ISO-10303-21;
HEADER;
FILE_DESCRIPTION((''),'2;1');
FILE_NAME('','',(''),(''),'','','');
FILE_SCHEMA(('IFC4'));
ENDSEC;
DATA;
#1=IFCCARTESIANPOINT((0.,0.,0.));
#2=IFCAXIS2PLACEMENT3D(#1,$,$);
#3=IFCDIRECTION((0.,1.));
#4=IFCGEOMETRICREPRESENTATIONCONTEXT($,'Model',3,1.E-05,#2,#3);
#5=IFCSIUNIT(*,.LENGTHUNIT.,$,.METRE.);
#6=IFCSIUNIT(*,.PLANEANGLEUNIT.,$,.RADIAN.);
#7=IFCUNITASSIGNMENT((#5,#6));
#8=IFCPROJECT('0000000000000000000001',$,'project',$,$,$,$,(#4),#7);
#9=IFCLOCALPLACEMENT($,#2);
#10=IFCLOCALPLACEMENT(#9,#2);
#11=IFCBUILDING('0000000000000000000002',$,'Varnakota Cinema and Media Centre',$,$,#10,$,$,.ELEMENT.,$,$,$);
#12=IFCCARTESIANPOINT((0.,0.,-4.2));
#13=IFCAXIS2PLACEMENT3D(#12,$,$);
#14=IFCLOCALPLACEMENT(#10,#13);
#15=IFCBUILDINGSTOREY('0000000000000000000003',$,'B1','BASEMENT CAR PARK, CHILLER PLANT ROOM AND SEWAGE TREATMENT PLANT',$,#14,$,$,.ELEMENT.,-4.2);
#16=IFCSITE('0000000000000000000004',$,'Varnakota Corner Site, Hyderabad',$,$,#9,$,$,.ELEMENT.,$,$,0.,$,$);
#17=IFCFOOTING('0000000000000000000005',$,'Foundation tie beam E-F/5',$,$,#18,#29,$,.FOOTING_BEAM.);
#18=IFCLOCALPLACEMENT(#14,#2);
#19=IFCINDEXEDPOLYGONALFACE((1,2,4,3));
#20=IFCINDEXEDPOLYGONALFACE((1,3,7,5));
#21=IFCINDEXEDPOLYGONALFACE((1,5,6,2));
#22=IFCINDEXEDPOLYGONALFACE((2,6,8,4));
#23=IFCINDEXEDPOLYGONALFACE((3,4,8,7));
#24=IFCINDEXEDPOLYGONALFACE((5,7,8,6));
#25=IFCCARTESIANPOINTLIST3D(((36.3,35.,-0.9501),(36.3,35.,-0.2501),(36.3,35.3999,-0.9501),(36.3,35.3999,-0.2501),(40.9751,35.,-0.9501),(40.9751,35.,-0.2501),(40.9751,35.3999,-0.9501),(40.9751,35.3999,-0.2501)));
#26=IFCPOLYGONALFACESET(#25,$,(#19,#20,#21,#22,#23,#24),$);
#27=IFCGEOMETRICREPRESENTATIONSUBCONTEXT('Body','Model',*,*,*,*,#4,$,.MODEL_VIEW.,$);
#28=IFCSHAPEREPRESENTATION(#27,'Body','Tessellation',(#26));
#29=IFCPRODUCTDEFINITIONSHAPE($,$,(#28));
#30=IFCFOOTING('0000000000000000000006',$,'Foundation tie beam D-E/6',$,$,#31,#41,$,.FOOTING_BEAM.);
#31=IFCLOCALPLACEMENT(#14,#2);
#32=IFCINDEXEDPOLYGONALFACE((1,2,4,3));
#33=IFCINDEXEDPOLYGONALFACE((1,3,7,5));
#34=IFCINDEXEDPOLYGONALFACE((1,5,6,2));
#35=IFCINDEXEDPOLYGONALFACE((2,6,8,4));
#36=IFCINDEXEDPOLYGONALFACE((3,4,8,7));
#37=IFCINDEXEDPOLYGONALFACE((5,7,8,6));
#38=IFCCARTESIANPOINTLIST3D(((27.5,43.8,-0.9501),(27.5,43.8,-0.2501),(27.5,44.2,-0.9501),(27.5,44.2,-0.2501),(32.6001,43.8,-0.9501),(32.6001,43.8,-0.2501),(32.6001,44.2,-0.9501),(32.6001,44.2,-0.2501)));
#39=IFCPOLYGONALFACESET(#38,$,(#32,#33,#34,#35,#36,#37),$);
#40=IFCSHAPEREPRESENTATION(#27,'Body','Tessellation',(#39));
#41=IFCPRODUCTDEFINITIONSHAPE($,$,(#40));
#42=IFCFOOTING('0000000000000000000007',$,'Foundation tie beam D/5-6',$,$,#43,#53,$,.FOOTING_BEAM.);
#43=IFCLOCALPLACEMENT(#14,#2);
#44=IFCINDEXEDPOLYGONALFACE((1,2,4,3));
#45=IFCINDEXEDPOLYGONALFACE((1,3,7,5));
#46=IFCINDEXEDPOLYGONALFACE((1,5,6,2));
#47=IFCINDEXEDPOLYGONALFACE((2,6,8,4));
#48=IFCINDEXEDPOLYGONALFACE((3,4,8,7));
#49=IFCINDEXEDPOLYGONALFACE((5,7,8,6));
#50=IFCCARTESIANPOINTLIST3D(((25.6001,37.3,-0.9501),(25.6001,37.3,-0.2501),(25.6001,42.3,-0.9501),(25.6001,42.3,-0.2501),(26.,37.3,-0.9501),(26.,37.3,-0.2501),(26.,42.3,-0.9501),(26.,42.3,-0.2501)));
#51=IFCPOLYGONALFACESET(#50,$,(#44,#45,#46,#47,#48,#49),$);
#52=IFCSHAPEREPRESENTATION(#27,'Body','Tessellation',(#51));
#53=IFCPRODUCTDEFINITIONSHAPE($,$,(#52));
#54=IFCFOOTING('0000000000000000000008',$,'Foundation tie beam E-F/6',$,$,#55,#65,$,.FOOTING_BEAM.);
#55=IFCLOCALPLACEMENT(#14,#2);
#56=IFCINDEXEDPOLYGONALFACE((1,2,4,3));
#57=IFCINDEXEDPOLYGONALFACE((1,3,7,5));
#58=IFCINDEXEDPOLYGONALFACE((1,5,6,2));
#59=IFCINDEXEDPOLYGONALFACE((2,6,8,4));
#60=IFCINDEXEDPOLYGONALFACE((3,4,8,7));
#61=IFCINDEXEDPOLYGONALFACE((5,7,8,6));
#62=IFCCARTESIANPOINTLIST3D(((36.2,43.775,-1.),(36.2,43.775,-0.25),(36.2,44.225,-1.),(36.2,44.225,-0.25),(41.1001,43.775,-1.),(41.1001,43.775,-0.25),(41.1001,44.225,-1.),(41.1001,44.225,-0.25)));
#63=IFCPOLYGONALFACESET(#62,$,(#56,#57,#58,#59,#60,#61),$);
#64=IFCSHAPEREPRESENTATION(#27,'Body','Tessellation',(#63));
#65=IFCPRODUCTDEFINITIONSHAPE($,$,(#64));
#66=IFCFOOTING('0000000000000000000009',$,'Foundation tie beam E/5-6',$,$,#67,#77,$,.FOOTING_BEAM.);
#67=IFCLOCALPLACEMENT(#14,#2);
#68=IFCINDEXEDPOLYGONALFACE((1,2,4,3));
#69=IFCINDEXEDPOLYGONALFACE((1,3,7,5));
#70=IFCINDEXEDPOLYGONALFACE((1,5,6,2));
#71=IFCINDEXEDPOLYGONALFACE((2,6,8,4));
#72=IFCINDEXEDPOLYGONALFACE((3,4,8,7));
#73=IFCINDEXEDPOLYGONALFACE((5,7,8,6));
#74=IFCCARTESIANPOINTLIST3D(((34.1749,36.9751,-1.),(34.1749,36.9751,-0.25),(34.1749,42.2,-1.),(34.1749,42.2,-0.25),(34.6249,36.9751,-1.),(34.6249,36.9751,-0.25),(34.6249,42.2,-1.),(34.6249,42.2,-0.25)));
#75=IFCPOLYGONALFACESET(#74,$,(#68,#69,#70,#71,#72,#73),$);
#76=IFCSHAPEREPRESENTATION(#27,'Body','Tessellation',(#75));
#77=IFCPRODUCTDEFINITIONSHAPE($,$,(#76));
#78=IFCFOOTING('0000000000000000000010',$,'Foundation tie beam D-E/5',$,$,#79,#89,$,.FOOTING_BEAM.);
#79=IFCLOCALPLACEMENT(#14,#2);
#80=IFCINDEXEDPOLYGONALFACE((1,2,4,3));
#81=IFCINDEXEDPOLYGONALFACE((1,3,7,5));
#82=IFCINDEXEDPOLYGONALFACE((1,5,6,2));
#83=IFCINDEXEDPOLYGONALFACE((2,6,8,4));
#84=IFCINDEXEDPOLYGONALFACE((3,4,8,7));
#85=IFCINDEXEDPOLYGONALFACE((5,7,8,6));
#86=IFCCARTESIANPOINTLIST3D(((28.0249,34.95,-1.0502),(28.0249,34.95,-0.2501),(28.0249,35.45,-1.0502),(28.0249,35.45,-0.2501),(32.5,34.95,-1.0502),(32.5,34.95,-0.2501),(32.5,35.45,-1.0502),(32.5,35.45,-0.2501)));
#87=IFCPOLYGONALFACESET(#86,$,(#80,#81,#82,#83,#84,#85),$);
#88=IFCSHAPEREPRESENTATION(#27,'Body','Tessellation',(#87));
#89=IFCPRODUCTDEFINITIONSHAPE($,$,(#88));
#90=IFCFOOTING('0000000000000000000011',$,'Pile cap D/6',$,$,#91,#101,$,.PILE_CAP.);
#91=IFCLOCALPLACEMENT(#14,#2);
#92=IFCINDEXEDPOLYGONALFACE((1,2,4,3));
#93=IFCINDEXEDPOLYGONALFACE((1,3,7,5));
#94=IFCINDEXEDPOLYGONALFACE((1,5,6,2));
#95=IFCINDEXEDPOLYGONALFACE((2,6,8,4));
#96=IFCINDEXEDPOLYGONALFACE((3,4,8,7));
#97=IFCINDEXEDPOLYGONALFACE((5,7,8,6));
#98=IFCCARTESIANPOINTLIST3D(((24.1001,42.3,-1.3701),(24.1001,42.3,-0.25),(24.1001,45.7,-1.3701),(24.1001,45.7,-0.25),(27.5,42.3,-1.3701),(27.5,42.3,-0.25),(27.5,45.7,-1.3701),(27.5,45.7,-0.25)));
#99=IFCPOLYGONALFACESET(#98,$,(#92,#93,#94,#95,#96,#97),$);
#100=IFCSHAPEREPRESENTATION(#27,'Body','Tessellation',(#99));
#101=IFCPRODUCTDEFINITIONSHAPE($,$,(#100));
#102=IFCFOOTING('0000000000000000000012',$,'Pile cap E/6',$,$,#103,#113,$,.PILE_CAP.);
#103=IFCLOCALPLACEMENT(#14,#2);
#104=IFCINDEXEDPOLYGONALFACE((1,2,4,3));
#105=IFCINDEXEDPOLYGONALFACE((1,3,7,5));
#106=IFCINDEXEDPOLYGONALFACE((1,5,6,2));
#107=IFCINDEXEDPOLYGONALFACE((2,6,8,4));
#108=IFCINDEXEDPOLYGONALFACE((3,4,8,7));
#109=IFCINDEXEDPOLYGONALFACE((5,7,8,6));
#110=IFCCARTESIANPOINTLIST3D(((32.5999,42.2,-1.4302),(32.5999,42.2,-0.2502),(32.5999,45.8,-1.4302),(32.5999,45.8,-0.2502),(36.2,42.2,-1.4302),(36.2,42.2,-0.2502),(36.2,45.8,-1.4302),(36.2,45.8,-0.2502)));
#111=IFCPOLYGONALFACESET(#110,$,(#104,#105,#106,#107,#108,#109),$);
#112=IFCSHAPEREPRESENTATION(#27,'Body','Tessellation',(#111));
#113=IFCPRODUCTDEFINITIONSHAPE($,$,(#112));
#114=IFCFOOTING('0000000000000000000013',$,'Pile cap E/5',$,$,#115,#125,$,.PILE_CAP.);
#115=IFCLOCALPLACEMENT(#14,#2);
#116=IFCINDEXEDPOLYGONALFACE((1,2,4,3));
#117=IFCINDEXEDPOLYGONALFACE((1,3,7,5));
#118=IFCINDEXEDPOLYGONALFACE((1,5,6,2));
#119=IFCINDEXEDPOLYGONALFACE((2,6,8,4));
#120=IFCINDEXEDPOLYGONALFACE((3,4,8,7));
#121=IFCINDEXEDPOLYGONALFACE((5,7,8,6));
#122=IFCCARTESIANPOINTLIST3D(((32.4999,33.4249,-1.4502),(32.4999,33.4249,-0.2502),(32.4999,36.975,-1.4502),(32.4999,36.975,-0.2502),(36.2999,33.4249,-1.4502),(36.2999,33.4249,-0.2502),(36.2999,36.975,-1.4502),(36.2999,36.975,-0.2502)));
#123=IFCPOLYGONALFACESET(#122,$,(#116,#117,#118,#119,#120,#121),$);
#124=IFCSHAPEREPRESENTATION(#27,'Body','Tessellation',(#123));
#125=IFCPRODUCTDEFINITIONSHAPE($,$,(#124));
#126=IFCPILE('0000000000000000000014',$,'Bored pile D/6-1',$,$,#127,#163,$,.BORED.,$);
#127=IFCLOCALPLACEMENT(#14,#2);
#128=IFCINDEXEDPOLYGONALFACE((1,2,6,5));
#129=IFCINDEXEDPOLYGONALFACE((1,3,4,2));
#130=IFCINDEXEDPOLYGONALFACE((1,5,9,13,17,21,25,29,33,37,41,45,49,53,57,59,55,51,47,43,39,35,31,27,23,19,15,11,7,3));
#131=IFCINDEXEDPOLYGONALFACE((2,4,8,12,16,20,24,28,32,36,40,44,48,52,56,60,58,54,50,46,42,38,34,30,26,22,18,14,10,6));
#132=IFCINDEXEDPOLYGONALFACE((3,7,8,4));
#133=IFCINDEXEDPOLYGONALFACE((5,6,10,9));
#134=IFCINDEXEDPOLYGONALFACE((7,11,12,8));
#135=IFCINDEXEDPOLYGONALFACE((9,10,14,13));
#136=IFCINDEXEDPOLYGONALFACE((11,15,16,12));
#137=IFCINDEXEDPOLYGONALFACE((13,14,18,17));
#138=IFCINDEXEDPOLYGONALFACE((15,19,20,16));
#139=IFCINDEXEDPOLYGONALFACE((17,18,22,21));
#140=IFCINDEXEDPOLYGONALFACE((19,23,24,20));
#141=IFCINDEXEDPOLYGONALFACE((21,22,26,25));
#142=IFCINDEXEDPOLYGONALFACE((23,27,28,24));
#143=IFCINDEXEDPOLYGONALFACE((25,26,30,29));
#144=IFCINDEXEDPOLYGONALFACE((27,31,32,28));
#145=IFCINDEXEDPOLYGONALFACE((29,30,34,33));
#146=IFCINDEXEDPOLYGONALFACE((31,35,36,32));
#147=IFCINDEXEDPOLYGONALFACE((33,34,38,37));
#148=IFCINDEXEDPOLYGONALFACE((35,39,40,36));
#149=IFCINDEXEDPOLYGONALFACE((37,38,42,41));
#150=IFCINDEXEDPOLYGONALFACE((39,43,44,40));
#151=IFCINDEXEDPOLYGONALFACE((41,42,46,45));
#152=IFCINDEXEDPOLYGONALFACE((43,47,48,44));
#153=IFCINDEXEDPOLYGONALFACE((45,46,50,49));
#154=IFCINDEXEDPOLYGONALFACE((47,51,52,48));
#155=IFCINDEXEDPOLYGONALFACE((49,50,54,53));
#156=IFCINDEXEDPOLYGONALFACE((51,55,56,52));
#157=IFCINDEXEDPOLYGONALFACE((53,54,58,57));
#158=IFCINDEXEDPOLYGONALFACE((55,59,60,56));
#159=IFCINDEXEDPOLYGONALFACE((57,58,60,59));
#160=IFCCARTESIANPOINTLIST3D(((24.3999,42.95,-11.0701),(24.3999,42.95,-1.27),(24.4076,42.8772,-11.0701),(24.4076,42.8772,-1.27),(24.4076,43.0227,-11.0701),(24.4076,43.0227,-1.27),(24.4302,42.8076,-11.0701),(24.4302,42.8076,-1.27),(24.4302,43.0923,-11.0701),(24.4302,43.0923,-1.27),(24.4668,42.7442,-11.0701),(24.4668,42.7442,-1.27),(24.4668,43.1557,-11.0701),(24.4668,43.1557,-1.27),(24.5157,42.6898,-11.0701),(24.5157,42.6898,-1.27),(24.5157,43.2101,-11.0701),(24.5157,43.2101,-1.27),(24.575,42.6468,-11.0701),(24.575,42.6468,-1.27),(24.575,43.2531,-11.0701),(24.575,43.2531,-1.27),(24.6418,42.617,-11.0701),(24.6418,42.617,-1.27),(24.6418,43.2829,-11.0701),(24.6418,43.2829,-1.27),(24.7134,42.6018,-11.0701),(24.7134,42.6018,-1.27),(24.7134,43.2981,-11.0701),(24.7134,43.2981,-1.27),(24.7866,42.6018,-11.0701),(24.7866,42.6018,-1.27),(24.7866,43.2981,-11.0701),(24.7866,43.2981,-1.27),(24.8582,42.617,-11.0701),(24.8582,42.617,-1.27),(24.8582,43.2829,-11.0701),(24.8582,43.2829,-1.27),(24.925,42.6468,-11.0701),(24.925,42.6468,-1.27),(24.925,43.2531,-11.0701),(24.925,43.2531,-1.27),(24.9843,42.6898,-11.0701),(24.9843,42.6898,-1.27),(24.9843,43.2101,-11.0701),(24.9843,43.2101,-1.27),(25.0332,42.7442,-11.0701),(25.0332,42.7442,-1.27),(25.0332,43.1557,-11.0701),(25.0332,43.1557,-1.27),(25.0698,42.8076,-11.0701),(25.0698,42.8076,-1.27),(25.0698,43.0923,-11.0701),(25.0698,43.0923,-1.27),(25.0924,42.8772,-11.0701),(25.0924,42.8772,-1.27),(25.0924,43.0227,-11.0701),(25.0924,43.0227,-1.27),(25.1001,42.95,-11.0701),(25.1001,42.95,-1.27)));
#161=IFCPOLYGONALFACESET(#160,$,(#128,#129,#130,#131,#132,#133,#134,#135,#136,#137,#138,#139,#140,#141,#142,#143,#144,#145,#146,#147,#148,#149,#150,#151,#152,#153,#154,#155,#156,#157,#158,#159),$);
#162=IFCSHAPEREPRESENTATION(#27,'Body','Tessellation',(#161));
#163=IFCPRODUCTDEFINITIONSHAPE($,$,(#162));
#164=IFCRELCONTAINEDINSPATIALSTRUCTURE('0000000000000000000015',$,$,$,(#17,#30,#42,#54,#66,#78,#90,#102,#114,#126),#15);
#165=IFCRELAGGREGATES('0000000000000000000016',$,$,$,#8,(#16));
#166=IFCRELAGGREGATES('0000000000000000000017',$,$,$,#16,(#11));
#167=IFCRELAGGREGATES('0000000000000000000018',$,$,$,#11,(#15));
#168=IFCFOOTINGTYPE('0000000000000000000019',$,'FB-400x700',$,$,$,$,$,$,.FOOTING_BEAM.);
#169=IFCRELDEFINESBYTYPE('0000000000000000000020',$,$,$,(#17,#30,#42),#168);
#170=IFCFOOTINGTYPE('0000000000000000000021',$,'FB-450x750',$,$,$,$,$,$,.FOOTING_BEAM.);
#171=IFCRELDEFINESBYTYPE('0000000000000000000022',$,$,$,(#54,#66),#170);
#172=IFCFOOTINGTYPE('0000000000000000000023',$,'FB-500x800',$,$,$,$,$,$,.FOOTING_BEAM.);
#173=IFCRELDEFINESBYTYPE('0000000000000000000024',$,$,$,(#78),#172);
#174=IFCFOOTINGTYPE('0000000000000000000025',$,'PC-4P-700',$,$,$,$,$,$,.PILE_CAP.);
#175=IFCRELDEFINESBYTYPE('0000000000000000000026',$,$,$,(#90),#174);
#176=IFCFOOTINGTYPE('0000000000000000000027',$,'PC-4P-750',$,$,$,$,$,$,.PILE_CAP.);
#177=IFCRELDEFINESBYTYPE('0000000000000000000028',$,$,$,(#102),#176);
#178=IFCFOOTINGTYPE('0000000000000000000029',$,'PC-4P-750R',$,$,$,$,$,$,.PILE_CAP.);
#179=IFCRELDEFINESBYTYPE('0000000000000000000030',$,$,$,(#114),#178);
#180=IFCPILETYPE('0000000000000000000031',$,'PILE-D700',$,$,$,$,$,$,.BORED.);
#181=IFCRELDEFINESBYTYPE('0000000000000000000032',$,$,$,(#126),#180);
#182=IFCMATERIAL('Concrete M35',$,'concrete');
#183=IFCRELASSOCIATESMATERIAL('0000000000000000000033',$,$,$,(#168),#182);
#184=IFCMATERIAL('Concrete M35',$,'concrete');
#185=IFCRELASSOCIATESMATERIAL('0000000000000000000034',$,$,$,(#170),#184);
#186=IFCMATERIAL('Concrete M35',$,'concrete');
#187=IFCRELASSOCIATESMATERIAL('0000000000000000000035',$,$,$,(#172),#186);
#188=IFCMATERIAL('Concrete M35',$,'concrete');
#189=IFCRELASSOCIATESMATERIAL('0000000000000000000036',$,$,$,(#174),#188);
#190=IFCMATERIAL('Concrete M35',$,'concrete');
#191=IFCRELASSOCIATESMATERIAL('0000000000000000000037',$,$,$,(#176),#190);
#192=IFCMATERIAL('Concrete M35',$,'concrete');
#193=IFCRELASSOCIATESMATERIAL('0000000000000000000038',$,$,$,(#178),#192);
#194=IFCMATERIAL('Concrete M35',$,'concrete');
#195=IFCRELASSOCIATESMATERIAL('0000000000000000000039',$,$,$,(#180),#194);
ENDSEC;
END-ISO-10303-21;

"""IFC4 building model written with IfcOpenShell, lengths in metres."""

from ifc_helpers import new_model, si_unit, direction, frame, origin, origin_2d, place, context, subcontext, project, spatial, rectangle, circle, extrude, material, material_profile, profile_set, type_object, element, save


model = new_model("IFC4")

# Units and contexts
model_context = context("Model", 3, precision=1e-05, world=origin(), true_north=direction((0.0, 1.0)))
body_context = subcontext(model_context, "Body", "Model", "MODEL_VIEW")
ifc_project = project(units=[si_unit("LENGTHUNIT", "METRE"), si_unit("PLANEANGLEUNIT", "RADIAN")], contexts=[model_context])

# Site, building, storey
site_placement = place(None, origin())
site = spatial("IfcSite", under=ifc_project, at=site_placement, Name="Varnakota Corner Site, Hyderabad", CompositionType="ELEMENT", RefElevation=0.0)
building_placement = place(site_placement, origin())
building = spatial("IfcBuilding", under=site, at=building_placement, Name="Varnakota Cinema and Media Centre", CompositionType="ELEMENT")
storey_placement = place(building_placement, frame((0.0, 0.0, -4.2)))
storey = spatial("IfcBuildingStorey", under=building, at=storey_placement, Name="B1", Description="BASEMENT CAR PARK, CHILLER PLANT ROOM AND SEWAGE TREATMENT PLANT", CompositionType="ELEMENT", Elevation=-4.2)

# Footings
ifc_material_1 = material(Name="Concrete M35", Category="concrete")
ifc_material_profile_1 = material_profile(ifc_material_1, rectangle(XDim=0.3999, YDim=0.7, at=origin_2d()), Name="FB 400x700")
ifc_profile_set_1 = profile_set([ifc_material_profile_1], Name="Concrete M35")
footing_type_1 = type_object("IfcFootingType", Name="FB-400x700", PredefinedType="FOOTING_BEAM", material=ifc_profile_set_1)
footing_1_placement = place(storey_placement, frame((36.3, 35.2, -0.6001), z_axis=(1.0, 0.0, 0.0), x_axis=(0.0, 1.0, 0.0)))
element("IfcFooting", 1, at=footing_1_placement, inside=storey, type_object=footing_type_1, Name="Foundation tie beam E-F/5", PredefinedType="FOOTING_BEAM", context=body_context, shape_type="SweptSolid", body=[
    extrude(rectangle(XDim=0.3999, YDim=0.7, at=origin_2d()), origin(), (0.0, 0.0, 1.0), 4.675),
])
footing_2_placement = place(storey_placement, frame((27.5, 44.0, -0.6001), z_axis=(1.0, 0.0, 0.0), x_axis=(0.0, 1.0, 0.0)))
element("IfcFooting", 2, at=footing_2_placement, inside=storey, type_object=footing_type_1, Name="Foundation tie beam D-E/6", PredefinedType="FOOTING_BEAM", context=body_context, shape_type="SweptSolid", body=[
    extrude(rectangle(XDim=0.3999, YDim=0.7, at=origin_2d()), origin(), (0.0, 0.0, 1.0), 5.1001),
])
footing_3_placement = place(storey_placement, frame((25.8, 37.3, -0.6001), z_axis=(0.0, 1.0, 0.0), x_axis=(-1.0, 0.0, 0.0)))
element("IfcFooting", 3, at=footing_3_placement, inside=storey, type_object=footing_type_1, Name="Foundation tie beam D/5-6", PredefinedType="FOOTING_BEAM", context=body_context, shape_type="SweptSolid", body=[
    extrude(rectangle(XDim=0.3999, YDim=0.7, at=origin_2d()), origin(), (0.0, 0.0, 1.0), 5.0),
])
ifc_material_2 = material(Name="Concrete M35", Category="concrete")
ifc_material_profile_2 = material_profile(ifc_material_2, rectangle(XDim=0.45, YDim=0.75, at=origin_2d()), Name="FB 450x750")
ifc_profile_set_2 = profile_set([ifc_material_profile_2], Name="Concrete M35")
footing_type_2 = type_object("IfcFootingType", Name="FB-450x750", PredefinedType="FOOTING_BEAM", material=ifc_profile_set_2)
footing_4_placement = place(storey_placement, frame((36.2, 44.0, -0.625), z_axis=(1.0, 0.0, 0.0), x_axis=(0.0, 1.0, 0.0)))
element("IfcFooting", 4, at=footing_4_placement, inside=storey, type_object=footing_type_2, Name="Foundation tie beam E-F/6", PredefinedType="FOOTING_BEAM", context=body_context, shape_type="SweptSolid", body=[
    extrude(rectangle(XDim=0.45, YDim=0.75, at=origin_2d()), origin(), (0.0, 0.0, 1.0), 4.9001),
])
footing_5_placement = place(storey_placement, frame((34.3999, 36.9751, -0.625), z_axis=(0.0, 1.0, 0.0), x_axis=(-1.0, 0.0, 0.0)))
element("IfcFooting", 5, at=footing_5_placement, inside=storey, type_object=footing_type_2, Name="Foundation tie beam E/5-6", PredefinedType="FOOTING_BEAM", context=body_context, shape_type="SweptSolid", body=[
    extrude(rectangle(XDim=0.45, YDim=0.75, at=origin_2d()), origin(), (0.0, 0.0, 1.0), 5.2249),
])
ifc_material_3 = material(Name="Concrete M35", Category="concrete")
ifc_material_profile_3 = material_profile(ifc_material_3, rectangle(XDim=0.5, YDim=0.8, at=origin_2d()), Name="FB 500x800")
ifc_profile_set_3 = profile_set([ifc_material_profile_3], Name="Concrete M35")
footing_type_3 = type_object("IfcFootingType", Name="FB-500x800", PredefinedType="FOOTING_BEAM", material=ifc_profile_set_3)
footing_6_placement = place(storey_placement, frame((28.0249, 35.2, -0.6501), z_axis=(1.0, 0.0, 0.0), x_axis=(0.0, 1.0, 0.0)))
element("IfcFooting", 6, at=footing_6_placement, inside=storey, type_object=footing_type_3, Name="Foundation tie beam D-E/5", PredefinedType="FOOTING_BEAM", context=body_context, shape_type="SweptSolid", body=[
    extrude(rectangle(XDim=0.5, YDim=0.8, at=origin_2d()), origin(), (0.0, 0.0, 1.0), 4.4751),
])
ifc_material_4 = material(Name="Concrete M35", Category="concrete")
footing_type_4 = type_object("IfcFootingType", Name="PC-4P-700", PredefinedType="PILE_CAP", material=ifc_material_4)
footing_7_placement = place(storey_placement, frame((25.8, 44.0, -1.3701), z_axis=(0.0, 0.0, 1.0), x_axis=(1.0, 0.0, 0.0)))
element("IfcFooting", 7, at=footing_7_placement, inside=storey, type_object=footing_type_4, Name="Pile cap D/6", PredefinedType="PILE_CAP", context=body_context, shape_type="SweptSolid", body=[
    extrude(rectangle(XDim=3.3999, YDim=3.3999, at=origin_2d()), origin(), (0.0, 0.0, 1.0), 1.1201),
])
ifc_material_5 = material(Name="Concrete M35", Category="concrete")
footing_type_5 = type_object("IfcFootingType", Name="PC-4P-750", PredefinedType="PILE_CAP", material=ifc_material_5)
footing_8_placement = place(storey_placement, frame((34.3999, 44.0, -1.4302), z_axis=(0.0, 0.0, 1.0), x_axis=(1.0, 0.0, 0.0)))
element("IfcFooting", 8, at=footing_8_placement, inside=storey, type_object=footing_type_5, Name="Pile cap E/6", PredefinedType="PILE_CAP", context=body_context, shape_type="SweptSolid", body=[
    extrude(rectangle(XDim=3.6001, YDim=3.6001, at=origin_2d()), origin(), (0.0, 0.0, 1.0), 1.1799),
])
ifc_material_6 = material(Name="Concrete M35", Category="concrete")
footing_type_6 = type_object("IfcFootingType", Name="PC-4P-750R", PredefinedType="PILE_CAP", material=ifc_material_6)
footing_9_placement = place(storey_placement, frame((34.3999, 35.2, -1.4502), z_axis=(0.0, 0.0, 1.0), x_axis=(1.0, 0.0, 0.0)))
element("IfcFooting", 9, at=footing_9_placement, inside=storey, type_object=footing_type_6, Name="Pile cap E/5", PredefinedType="PILE_CAP", context=body_context, shape_type="SweptSolid", body=[
    extrude(rectangle(XDim=3.8, YDim=3.55, at=origin_2d()), origin(), (0.0, 0.0, 1.0), 1.2),
])

# Pile
ifc_material_7 = material(Name="Concrete M35", Category="concrete")
ifc_material_profile_4 = material_profile(ifc_material_7, circle(Radius=0.3501, at=origin_2d()), Name="PILE D700")
ifc_profile_set_4 = profile_set([ifc_material_profile_4], Name="Concrete M35")
pile_type_1 = type_object("IfcPileType", Name="PILE-D700", PredefinedType="BORED", material=ifc_profile_set_4)
for number, where, z_axis, x_axis, name in (
    (10, (24.75, 42.95, -1.27), (0.0, 0.0, -1.0), (1.0, 0.0, 0.0), "Bored pile D/6-1"),
):
    element("IfcPile", number, at=place(storey_placement, frame(where, z_axis=z_axis, x_axis=x_axis)), inside=storey, type_object=pile_type_1, Name=name, PredefinedType="BORED", context=body_context, shape_type="SweptSolid", body=[
        extrude(circle(Radius=0.3501, at=origin_2d()), origin(), (0.0, 0.0, 1.0), 9.8),
    ])

save(model, "model.ifc")
